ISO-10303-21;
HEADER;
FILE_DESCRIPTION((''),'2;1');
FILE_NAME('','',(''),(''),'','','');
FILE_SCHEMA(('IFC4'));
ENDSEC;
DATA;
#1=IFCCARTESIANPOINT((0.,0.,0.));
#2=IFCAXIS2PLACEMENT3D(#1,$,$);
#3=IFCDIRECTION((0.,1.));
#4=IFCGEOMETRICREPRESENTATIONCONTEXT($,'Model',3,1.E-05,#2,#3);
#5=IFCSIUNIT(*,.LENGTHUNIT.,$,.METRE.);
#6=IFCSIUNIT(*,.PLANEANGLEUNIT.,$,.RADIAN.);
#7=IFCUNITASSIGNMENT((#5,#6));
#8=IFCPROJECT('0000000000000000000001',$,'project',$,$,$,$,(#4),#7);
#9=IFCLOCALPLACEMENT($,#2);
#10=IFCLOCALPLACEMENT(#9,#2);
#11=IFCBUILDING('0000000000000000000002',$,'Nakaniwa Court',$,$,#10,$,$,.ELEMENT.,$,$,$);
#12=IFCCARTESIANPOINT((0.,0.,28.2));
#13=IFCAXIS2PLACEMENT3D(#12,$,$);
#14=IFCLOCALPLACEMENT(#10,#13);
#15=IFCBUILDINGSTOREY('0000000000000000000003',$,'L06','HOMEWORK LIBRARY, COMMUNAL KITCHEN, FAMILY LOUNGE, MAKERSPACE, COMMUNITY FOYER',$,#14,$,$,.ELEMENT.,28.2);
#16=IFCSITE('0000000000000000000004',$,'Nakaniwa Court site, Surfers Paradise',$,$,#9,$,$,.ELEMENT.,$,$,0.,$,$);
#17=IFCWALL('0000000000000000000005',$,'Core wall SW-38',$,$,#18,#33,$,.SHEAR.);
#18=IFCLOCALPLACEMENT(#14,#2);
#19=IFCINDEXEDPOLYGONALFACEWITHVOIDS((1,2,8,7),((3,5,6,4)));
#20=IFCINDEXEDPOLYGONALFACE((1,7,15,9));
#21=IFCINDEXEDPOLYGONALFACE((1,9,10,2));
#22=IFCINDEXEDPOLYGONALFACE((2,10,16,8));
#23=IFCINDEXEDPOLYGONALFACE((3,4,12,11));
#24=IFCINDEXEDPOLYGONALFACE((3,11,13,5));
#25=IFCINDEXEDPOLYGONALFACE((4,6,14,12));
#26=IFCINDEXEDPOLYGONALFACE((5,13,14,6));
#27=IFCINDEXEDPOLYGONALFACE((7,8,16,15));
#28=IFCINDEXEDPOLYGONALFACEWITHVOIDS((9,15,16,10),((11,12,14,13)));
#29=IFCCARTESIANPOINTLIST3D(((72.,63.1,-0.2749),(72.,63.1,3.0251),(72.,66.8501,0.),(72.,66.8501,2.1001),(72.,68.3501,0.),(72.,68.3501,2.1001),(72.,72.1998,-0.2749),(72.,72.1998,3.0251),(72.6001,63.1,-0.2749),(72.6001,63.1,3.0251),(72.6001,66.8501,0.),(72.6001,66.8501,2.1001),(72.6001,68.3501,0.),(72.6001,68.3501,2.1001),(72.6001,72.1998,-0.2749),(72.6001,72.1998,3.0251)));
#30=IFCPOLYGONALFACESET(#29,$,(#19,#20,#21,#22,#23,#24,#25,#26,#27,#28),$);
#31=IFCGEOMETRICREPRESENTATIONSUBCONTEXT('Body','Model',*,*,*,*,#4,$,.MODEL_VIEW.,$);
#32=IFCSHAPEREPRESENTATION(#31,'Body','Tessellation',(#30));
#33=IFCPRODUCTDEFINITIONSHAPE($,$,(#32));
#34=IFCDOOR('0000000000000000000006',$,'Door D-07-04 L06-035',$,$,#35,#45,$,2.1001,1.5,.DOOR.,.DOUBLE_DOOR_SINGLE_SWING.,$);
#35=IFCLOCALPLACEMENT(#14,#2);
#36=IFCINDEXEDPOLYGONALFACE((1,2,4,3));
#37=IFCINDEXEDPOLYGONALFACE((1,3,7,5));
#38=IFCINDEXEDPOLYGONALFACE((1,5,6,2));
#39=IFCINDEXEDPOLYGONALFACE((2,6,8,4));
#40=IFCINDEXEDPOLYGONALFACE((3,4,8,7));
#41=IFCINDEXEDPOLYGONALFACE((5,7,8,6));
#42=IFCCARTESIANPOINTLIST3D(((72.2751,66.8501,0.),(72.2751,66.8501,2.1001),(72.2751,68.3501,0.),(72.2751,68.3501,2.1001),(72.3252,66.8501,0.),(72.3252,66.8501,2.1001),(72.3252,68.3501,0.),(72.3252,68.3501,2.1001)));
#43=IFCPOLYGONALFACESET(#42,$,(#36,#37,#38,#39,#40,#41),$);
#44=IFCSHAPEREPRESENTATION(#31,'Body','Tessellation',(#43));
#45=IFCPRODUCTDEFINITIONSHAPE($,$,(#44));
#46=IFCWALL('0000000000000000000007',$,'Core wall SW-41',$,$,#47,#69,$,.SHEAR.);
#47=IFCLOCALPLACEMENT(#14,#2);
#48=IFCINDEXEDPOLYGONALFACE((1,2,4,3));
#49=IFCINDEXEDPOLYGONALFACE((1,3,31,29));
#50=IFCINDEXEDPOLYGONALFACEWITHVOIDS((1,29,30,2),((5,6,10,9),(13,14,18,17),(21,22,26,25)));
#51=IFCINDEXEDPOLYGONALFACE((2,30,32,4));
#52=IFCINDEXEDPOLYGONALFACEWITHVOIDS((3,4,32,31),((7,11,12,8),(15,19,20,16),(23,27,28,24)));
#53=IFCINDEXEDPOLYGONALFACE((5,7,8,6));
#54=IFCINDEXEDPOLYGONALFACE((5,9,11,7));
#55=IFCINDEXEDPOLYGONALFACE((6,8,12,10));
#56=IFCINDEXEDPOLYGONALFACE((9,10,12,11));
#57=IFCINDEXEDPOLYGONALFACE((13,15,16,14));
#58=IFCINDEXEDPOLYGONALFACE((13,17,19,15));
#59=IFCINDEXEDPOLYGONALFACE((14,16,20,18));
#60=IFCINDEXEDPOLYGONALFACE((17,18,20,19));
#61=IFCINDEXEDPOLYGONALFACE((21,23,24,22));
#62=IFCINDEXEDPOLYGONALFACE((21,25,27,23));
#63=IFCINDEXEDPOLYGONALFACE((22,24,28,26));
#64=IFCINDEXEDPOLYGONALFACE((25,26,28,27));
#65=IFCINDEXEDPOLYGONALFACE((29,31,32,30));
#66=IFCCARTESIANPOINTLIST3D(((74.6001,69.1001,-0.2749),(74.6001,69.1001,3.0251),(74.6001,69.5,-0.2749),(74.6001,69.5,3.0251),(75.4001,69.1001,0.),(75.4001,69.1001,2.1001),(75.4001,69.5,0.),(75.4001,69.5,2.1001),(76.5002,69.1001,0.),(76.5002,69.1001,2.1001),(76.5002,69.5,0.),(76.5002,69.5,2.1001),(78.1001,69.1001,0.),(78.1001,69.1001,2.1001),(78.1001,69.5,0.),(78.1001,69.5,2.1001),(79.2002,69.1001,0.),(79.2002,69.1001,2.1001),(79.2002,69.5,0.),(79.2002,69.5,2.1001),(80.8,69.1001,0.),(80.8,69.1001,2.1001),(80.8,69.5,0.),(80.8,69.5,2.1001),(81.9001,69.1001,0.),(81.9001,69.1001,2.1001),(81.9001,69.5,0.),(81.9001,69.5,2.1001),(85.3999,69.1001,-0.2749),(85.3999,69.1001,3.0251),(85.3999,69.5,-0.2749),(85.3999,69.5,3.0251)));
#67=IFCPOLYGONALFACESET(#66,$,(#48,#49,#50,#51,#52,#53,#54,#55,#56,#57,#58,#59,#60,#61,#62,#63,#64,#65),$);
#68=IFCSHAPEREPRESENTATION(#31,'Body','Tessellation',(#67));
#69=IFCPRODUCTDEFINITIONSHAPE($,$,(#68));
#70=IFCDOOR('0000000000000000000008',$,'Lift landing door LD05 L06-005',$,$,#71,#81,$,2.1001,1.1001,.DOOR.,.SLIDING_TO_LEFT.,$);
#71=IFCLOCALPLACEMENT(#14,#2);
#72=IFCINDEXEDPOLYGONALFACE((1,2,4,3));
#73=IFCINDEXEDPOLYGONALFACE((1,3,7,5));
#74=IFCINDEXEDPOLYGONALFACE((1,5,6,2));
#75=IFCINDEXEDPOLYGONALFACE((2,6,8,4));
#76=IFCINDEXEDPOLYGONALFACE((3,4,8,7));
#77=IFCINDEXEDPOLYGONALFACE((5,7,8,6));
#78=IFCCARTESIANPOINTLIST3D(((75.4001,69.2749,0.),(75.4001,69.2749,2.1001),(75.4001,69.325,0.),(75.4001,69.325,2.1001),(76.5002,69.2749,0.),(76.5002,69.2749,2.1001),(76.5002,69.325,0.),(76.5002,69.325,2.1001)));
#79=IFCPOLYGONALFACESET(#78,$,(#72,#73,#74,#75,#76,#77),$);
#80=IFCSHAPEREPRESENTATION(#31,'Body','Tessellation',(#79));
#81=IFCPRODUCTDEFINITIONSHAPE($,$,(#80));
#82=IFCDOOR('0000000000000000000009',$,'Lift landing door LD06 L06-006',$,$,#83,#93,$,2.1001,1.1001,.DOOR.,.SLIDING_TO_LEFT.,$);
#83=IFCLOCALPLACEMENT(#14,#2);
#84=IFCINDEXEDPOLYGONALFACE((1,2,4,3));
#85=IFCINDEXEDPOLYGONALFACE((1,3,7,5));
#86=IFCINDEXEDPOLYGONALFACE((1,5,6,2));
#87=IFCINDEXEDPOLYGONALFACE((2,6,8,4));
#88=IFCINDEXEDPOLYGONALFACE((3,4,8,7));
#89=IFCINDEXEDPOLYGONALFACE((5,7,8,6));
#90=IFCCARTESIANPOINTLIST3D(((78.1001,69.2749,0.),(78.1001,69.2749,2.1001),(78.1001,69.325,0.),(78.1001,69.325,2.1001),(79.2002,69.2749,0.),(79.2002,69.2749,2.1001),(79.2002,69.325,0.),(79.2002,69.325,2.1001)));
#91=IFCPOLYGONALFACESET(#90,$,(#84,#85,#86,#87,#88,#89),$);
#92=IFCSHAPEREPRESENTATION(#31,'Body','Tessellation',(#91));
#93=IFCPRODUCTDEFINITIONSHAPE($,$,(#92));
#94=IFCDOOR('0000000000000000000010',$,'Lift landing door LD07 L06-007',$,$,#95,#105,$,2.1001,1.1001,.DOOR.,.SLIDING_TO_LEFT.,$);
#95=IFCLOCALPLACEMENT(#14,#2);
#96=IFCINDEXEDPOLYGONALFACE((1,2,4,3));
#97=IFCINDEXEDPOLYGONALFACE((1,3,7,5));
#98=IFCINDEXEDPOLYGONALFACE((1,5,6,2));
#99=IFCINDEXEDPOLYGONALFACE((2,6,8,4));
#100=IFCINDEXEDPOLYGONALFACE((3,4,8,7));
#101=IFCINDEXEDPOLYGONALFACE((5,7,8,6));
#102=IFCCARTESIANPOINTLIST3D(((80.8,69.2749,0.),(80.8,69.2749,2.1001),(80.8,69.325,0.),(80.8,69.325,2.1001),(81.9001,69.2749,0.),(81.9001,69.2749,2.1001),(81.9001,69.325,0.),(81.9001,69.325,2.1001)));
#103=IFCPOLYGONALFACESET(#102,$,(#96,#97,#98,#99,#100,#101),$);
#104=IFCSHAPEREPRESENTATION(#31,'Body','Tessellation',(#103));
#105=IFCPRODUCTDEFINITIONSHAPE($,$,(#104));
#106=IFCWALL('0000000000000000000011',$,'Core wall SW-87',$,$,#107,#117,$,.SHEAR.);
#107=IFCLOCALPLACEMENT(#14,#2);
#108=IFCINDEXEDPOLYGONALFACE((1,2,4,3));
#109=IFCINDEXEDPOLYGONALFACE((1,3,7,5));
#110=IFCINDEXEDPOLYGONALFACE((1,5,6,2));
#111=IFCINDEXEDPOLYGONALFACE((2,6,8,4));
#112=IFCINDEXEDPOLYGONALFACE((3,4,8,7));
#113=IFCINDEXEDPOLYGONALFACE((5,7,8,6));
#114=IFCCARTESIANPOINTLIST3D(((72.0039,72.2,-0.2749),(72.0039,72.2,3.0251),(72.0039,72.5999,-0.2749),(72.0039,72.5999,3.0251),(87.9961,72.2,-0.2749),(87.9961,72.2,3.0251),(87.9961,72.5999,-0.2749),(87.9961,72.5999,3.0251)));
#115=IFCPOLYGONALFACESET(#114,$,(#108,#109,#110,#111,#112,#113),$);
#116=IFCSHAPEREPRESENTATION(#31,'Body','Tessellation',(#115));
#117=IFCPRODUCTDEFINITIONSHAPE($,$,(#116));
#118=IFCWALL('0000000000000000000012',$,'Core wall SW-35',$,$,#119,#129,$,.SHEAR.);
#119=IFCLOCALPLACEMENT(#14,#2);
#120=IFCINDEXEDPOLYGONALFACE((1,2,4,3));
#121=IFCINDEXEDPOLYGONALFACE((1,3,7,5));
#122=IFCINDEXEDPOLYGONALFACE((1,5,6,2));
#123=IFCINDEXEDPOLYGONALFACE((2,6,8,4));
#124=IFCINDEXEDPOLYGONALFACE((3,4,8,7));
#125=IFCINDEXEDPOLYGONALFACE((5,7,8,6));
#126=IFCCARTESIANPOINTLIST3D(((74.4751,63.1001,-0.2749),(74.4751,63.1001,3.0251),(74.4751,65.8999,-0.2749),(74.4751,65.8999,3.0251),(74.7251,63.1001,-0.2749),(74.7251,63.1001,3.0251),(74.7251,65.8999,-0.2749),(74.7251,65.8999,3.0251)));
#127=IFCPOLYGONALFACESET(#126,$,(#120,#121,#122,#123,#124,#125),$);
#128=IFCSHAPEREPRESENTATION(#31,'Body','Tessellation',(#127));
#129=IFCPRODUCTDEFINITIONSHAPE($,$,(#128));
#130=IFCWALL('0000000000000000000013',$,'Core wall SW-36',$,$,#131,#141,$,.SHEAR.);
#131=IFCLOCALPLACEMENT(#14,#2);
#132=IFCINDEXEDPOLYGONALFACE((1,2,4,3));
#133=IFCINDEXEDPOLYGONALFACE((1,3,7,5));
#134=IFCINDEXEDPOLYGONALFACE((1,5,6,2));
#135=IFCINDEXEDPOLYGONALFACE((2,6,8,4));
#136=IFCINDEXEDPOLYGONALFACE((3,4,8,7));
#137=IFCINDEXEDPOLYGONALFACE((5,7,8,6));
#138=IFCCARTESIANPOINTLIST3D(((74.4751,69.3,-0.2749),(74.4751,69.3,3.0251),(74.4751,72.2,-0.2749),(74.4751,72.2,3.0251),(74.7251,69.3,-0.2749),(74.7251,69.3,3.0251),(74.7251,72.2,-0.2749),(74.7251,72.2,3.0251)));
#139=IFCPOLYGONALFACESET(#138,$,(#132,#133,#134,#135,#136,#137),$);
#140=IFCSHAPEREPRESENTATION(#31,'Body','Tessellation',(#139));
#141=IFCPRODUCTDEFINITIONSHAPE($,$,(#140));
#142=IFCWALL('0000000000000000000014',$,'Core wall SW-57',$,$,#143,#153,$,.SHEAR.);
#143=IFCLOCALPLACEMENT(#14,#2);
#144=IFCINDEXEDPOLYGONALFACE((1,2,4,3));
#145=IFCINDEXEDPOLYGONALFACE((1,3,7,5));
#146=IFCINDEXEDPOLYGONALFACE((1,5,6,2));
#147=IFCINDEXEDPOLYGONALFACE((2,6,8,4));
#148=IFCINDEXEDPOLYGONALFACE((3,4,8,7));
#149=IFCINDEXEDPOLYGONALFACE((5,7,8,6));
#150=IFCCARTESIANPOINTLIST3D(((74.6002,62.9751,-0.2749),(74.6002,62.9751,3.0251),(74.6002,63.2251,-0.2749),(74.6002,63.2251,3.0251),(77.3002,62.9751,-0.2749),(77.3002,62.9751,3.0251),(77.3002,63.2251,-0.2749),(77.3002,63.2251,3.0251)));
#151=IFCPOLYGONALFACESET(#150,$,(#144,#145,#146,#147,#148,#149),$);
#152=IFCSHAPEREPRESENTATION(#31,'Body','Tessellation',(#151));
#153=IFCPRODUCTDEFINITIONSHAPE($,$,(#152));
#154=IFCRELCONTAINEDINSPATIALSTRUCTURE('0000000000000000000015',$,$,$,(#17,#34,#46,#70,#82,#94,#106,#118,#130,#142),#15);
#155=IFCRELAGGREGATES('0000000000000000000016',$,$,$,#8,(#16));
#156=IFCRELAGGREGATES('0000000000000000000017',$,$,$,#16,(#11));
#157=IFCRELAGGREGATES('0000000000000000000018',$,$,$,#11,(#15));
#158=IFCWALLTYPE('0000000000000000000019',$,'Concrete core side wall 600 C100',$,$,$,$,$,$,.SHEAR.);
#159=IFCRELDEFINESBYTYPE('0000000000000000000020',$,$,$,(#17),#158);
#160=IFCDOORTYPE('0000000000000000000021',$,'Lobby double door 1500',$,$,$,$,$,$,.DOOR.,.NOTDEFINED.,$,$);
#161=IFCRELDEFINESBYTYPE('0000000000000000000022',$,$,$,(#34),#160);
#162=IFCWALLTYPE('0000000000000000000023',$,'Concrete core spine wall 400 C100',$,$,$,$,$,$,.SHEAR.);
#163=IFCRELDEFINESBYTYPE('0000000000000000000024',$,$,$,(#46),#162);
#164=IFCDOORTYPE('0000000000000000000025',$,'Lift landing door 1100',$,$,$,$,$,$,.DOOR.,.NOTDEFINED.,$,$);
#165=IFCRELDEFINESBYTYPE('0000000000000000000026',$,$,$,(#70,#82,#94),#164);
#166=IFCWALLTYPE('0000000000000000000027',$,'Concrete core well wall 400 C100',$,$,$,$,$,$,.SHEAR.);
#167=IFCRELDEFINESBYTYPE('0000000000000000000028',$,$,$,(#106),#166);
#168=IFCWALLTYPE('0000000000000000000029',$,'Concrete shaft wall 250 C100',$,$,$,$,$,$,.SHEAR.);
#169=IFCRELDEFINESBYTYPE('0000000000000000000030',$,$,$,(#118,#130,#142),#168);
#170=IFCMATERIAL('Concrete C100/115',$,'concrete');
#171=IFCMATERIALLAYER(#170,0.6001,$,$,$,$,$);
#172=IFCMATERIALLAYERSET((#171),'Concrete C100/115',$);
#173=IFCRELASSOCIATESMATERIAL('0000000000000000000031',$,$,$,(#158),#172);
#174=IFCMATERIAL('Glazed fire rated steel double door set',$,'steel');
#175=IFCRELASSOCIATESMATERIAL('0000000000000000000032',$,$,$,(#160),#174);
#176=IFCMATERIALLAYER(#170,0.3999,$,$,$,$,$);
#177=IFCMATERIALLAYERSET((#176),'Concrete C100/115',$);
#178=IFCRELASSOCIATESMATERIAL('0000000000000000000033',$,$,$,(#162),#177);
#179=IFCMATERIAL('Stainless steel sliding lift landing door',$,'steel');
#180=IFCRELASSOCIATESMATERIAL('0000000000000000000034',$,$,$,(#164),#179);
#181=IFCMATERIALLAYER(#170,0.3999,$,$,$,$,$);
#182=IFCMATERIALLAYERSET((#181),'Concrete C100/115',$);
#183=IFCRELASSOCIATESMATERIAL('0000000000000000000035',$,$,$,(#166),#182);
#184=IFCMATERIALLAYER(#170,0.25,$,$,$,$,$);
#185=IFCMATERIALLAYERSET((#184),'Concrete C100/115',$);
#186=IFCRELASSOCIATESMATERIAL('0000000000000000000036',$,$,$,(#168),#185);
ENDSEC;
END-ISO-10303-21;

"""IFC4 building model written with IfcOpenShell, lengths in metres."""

from ifc_helpers import new_model, si_unit, direction, frame, frame_2d, origin, place, context, subcontext, project, spatial, rectangle, extrude, material, layer, layer_set, type_object, element, fill, save


model = new_model("IFC4")

# Units and contexts
model_context = context("Model", 3, precision=1e-05, world=origin(), true_north=direction((0.0, 1.0)))
body_context = subcontext(model_context, "Body", "Model", "MODEL_VIEW")
ifc_project = project(units=[si_unit("LENGTHUNIT", "METRE"), si_unit("PLANEANGLEUNIT", "RADIAN")], contexts=[model_context])

# Site, building, storey
site_placement = place(None, origin())
site = spatial("IfcSite", under=ifc_project, at=site_placement, Name="Nakaniwa Court site, Surfers Paradise", CompositionType="ELEMENT", RefElevation=0.0)
building_placement = place(site_placement, origin())
building = spatial("IfcBuilding", under=site, at=building_placement, Name="Nakaniwa Court", CompositionType="ELEMENT")
storey_placement = place(building_placement, frame((0.0, 0.0, 28.2)))
storey = spatial("IfcBuildingStorey", under=building, at=storey_placement, Name="L06", Description="HOMEWORK LIBRARY, COMMUNAL KITCHEN, FAMILY LOUNGE, MAKERSPACE, COMMUNITY FOYER", CompositionType="ELEMENT", Elevation=28.2)

# Shared definitions
ifc_material_1 = material(Name="Concrete C100/115", Category="concrete")

# Wall, opening, door
ifc_layer_1 = layer(ifc_material_1, 0.6001)
ifc_layer_set_1 = layer_set([ifc_layer_1], Name="Concrete C100/115")
wall_type_1 = type_object("IfcWallType", Name="Concrete core side wall 600 C100", PredefinedType="SHEAR", material=ifc_layer_set_1)
wall_1_placement = place(storey_placement, frame((72.3, 63.1001, -0.2749), z_axis=(0.0, 0.0, 1.0), x_axis=(0.0, 1.0, 0.0)))
wall_1 = element("IfcWall", 1, at=wall_1_placement, inside=storey, type_object=wall_type_1, Name="Core wall SW-38", PredefinedType="SHEAR", context=body_context, shape_type="SweptSolid", body=[
    extrude(rectangle(XDim=9.0999, YDim=0.6001, at=frame_2d((4.5498, 0.0))), origin(), (0.0, 0.0, 1.0), 3.3),
])
opening_1_placement = place(wall_1_placement, frame((3.75, 0.0, 0.2749)))
opening_1 = element("IfcOpeningElement", 2, at=opening_1_placement, cuts=wall_1, PredefinedType="OPENING", context=body_context, shape_type="SweptSolid", body=[
    extrude(rectangle(XDim=1.5, YDim=2.1001, at=frame_2d((0.75, 1.05))), frame((0.0, 0.3101, 0.0), z_axis=(0.0, -1.0, 0.0), x_axis=(1.0, 0.0, 0.0)), (0.0, 0.0, 1.0), 0.6201),
])
ifc_material_2 = material(Name="Glazed fire rated steel double door set", Category="steel")
door_type_1 = type_object("IfcDoorType", Name="Lobby double door 1500", OperationType="NOTDEFINED", PredefinedType="DOOR", material=ifc_material_2)
door_1_placement = place(opening_1_placement, origin())
door_1 = element("IfcDoor", 3, at=door_1_placement, inside=storey, type_object=door_type_1, Name="Door D-07-04 L06-035", OperationType="DOUBLE_DOOR_SINGLE_SWING", OverallHeight=2.1001, OverallWidth=1.5, PredefinedType="DOOR", context=body_context, shape_type="SweptSolid", body=[
    extrude(rectangle(XDim=1.5, YDim=2.1001, at=frame_2d((0.75, 1.05))), frame((0.0, 0.0249, 0.0), z_axis=(0.0, -1.0, 0.0), x_axis=(1.0, 0.0, 0.0)), (0.0, 0.0, 1.0), 0.05),
])
fill(opening_1, door_1)

# Wall, openings, doors
ifc_layer_2 = layer(ifc_material_1, 0.3999)
ifc_layer_set_2 = layer_set([ifc_layer_2], Name="Concrete C100/115")
wall_type_2 = type_object("IfcWallType", Name="Concrete core spine wall 400 C100", PredefinedType="SHEAR", material=ifc_layer_set_2)
wall_2_placement = place(storey_placement, frame((74.6001, 69.3, -0.2749), z_axis=(0.0, 0.0, 1.0), x_axis=(1.0, 0.0, 0.0)))
wall_2 = element("IfcWall", 4, at=wall_2_placement, inside=storey, type_object=wall_type_2, Name="Core wall SW-41", PredefinedType="SHEAR", context=body_context, shape_type="SweptSolid", body=[
    extrude(rectangle(XDim=10.7998, YDim=0.3999, at=frame_2d((5.3999, 0.0))), origin(), (0.0, 0.0, 1.0), 3.3),
])
opening_2_placement = place(wall_2_placement, frame((0.8, 0.0, 0.2749)))
opening_2 = element("IfcOpeningElement", 5, at=opening_2_placement, cuts=wall_2, PredefinedType="OPENING", context=body_context, shape_type="SweptSolid", body=[
    extrude(rectangle(XDim=1.1001, YDim=2.1001, at=frame_2d((0.55, 1.05))), frame((0.0, 0.21, 0.0), z_axis=(0.0, -1.0, 0.0), x_axis=(1.0, 0.0, 0.0)), (0.0, 0.0, 1.0), 0.4199),
])
opening_3_placement = place(wall_2_placement, frame((3.5, 0.0, 0.2749)))
opening_3 = element("IfcOpeningElement", 6, at=opening_3_placement, cuts=wall_2, PredefinedType="OPENING", context=body_context, shape_type="SweptSolid", body=[
    extrude(rectangle(XDim=1.1001, YDim=2.1001, at=frame_2d((0.55, 1.05))), frame((0.0, 0.21, 0.0), z_axis=(0.0, -1.0, 0.0), x_axis=(1.0, 0.0, 0.0)), (0.0, 0.0, 1.0), 0.4199),
])
opening_4_placement = place(wall_2_placement, frame((6.2, 0.0, 0.2749)))
opening_4 = element("IfcOpeningElement", 7, at=opening_4_placement, cuts=wall_2, PredefinedType="OPENING", context=body_context, shape_type="SweptSolid", body=[
    extrude(rectangle(XDim=1.1001, YDim=2.1001, at=frame_2d((0.55, 1.05))), frame((0.0, 0.21, 0.0), z_axis=(0.0, -1.0, 0.0), x_axis=(1.0, 0.0, 0.0)), (0.0, 0.0, 1.0), 0.4199),
])
ifc_material_3 = material(Name="Stainless steel sliding lift landing door", Category="steel")
door_type_2 = type_object("IfcDoorType", Name="Lift landing door 1100", OperationType="NOTDEFINED", PredefinedType="DOOR", material=ifc_material_3)
door_2_placement = place(opening_2_placement, origin())
door_2 = element("IfcDoor", 8, at=door_2_placement, inside=storey, type_object=door_type_2, Name="Lift landing door LD05 L06-005", OperationType="SLIDING_TO_LEFT", OverallHeight=2.1001, OverallWidth=1.1001, PredefinedType="DOOR", context=body_context, shape_type="SweptSolid", body=[
    extrude(rectangle(XDim=1.1001, YDim=2.1001, at=frame_2d((0.55, 1.05))), frame((0.0, 0.0249, 0.0), z_axis=(0.0, -1.0, 0.0), x_axis=(1.0, 0.0, 0.0)), (0.0, 0.0, 1.0), 0.05),
])
fill(opening_2, door_2)
door_3_placement = place(opening_3_placement, origin())
door_3 = element("IfcDoor", 9, at=door_3_placement, inside=storey, type_object=door_type_2, Name="Lift landing door LD06 L06-006", OperationType="SLIDING_TO_LEFT", OverallHeight=2.1001, OverallWidth=1.1001, PredefinedType="DOOR", context=body_context, shape_type="SweptSolid", body=[
    extrude(rectangle(XDim=1.1001, YDim=2.1001, at=frame_2d((0.55, 1.05))), frame((0.0, 0.0249, 0.0), z_axis=(0.0, -1.0, 0.0), x_axis=(1.0, 0.0, 0.0)), (0.0, 0.0, 1.0), 0.05),
])
fill(opening_3, door_3)
door_4_placement = place(opening_4_placement, origin())
door_4 = element("IfcDoor", 10, at=door_4_placement, inside=storey, type_object=door_type_2, Name="Lift landing door LD07 L06-007", OperationType="SLIDING_TO_LEFT", OverallHeight=2.1001, OverallWidth=1.1001, PredefinedType="DOOR", context=body_context, shape_type="SweptSolid", body=[
    extrude(rectangle(XDim=1.1001, YDim=2.1001, at=frame_2d((0.55, 1.05))), frame((0.0, 0.0249, 0.0), z_axis=(0.0, -1.0, 0.0), x_axis=(1.0, 0.0, 0.0)), (0.0, 0.0, 1.0), 0.05),
])
fill(opening_4, door_4)

# Walls
ifc_layer_3 = layer(ifc_material_1, 0.3999)
ifc_layer_set_3 = layer_set([ifc_layer_3], Name="Concrete C100/115")
wall_type_3 = type_object("IfcWallType", Name="Concrete core well wall 400 C100", PredefinedType="SHEAR", material=ifc_layer_set_3)
wall_3_placement = place(storey_placement, frame((72.0039, 72.3999, -0.2749), z_axis=(0.0, 0.0, 1.0), x_axis=(1.0, 0.0, 0.0)))
element("IfcWall", 11, at=wall_3_placement, inside=storey, type_object=wall_type_3, Name="Core wall SW-87", PredefinedType="SHEAR", context=body_context, shape_type="SweptSolid", body=[
    extrude(rectangle(XDim=15.9922, YDim=0.3999, at=frame_2d((7.9961, 0.0))), origin(), (0.0, 0.0, 1.0), 3.3),
])
ifc_layer_4 = layer(ifc_material_1, 0.25)
ifc_layer_set_4 = layer_set([ifc_layer_4], Name="Concrete C100/115")
wall_type_4 = type_object("IfcWallType", Name="Concrete shaft wall 250 C100", PredefinedType="SHEAR", material=ifc_layer_set_4)
wall_4_placement = place(storey_placement, frame((74.6001, 63.1001, -0.2749), z_axis=(0.0, 0.0, 1.0), x_axis=(0.0, 1.0, 0.0)))
element("IfcWall", 12, at=wall_4_placement, inside=storey, type_object=wall_type_4, Name="Core wall SW-35", PredefinedType="SHEAR", context=body_context, shape_type="SweptSolid", body=[
    extrude(rectangle(XDim=2.7998, YDim=0.25, at=frame_2d((1.3999, 0.0))), origin(), (0.0, 0.0, 1.0), 3.3),
])
wall_5_placement = place(storey_placement, frame((74.6001, 69.3, -0.2749), z_axis=(0.0, 0.0, 1.0), x_axis=(0.0, 1.0, 0.0)))
element("IfcWall", 13, at=wall_5_placement, inside=storey, type_object=wall_type_4, Name="Core wall SW-36", PredefinedType="SHEAR", context=body_context, shape_type="SweptSolid", body=[
    extrude(rectangle(XDim=2.8999, YDim=0.25, at=frame_2d((1.45, 0.0))), origin(), (0.0, 0.0, 1.0), 3.3),
])
wall_6_placement = place(storey_placement, frame((74.6001, 63.1001, -0.2749), z_axis=(0.0, 0.0, 1.0), x_axis=(1.0, 0.0, 0.0)))
element("IfcWall", 14, at=wall_6_placement, inside=storey, type_object=wall_type_4, Name="Core wall SW-57", PredefinedType="SHEAR", context=body_context, shape_type="SweptSolid", body=[
    extrude(rectangle(XDim=2.7, YDim=0.25, at=frame_2d((1.3501, 0.0))), origin(), (0.0, 0.0, 1.0), 3.3),
])

save(model, "model.ifc")
